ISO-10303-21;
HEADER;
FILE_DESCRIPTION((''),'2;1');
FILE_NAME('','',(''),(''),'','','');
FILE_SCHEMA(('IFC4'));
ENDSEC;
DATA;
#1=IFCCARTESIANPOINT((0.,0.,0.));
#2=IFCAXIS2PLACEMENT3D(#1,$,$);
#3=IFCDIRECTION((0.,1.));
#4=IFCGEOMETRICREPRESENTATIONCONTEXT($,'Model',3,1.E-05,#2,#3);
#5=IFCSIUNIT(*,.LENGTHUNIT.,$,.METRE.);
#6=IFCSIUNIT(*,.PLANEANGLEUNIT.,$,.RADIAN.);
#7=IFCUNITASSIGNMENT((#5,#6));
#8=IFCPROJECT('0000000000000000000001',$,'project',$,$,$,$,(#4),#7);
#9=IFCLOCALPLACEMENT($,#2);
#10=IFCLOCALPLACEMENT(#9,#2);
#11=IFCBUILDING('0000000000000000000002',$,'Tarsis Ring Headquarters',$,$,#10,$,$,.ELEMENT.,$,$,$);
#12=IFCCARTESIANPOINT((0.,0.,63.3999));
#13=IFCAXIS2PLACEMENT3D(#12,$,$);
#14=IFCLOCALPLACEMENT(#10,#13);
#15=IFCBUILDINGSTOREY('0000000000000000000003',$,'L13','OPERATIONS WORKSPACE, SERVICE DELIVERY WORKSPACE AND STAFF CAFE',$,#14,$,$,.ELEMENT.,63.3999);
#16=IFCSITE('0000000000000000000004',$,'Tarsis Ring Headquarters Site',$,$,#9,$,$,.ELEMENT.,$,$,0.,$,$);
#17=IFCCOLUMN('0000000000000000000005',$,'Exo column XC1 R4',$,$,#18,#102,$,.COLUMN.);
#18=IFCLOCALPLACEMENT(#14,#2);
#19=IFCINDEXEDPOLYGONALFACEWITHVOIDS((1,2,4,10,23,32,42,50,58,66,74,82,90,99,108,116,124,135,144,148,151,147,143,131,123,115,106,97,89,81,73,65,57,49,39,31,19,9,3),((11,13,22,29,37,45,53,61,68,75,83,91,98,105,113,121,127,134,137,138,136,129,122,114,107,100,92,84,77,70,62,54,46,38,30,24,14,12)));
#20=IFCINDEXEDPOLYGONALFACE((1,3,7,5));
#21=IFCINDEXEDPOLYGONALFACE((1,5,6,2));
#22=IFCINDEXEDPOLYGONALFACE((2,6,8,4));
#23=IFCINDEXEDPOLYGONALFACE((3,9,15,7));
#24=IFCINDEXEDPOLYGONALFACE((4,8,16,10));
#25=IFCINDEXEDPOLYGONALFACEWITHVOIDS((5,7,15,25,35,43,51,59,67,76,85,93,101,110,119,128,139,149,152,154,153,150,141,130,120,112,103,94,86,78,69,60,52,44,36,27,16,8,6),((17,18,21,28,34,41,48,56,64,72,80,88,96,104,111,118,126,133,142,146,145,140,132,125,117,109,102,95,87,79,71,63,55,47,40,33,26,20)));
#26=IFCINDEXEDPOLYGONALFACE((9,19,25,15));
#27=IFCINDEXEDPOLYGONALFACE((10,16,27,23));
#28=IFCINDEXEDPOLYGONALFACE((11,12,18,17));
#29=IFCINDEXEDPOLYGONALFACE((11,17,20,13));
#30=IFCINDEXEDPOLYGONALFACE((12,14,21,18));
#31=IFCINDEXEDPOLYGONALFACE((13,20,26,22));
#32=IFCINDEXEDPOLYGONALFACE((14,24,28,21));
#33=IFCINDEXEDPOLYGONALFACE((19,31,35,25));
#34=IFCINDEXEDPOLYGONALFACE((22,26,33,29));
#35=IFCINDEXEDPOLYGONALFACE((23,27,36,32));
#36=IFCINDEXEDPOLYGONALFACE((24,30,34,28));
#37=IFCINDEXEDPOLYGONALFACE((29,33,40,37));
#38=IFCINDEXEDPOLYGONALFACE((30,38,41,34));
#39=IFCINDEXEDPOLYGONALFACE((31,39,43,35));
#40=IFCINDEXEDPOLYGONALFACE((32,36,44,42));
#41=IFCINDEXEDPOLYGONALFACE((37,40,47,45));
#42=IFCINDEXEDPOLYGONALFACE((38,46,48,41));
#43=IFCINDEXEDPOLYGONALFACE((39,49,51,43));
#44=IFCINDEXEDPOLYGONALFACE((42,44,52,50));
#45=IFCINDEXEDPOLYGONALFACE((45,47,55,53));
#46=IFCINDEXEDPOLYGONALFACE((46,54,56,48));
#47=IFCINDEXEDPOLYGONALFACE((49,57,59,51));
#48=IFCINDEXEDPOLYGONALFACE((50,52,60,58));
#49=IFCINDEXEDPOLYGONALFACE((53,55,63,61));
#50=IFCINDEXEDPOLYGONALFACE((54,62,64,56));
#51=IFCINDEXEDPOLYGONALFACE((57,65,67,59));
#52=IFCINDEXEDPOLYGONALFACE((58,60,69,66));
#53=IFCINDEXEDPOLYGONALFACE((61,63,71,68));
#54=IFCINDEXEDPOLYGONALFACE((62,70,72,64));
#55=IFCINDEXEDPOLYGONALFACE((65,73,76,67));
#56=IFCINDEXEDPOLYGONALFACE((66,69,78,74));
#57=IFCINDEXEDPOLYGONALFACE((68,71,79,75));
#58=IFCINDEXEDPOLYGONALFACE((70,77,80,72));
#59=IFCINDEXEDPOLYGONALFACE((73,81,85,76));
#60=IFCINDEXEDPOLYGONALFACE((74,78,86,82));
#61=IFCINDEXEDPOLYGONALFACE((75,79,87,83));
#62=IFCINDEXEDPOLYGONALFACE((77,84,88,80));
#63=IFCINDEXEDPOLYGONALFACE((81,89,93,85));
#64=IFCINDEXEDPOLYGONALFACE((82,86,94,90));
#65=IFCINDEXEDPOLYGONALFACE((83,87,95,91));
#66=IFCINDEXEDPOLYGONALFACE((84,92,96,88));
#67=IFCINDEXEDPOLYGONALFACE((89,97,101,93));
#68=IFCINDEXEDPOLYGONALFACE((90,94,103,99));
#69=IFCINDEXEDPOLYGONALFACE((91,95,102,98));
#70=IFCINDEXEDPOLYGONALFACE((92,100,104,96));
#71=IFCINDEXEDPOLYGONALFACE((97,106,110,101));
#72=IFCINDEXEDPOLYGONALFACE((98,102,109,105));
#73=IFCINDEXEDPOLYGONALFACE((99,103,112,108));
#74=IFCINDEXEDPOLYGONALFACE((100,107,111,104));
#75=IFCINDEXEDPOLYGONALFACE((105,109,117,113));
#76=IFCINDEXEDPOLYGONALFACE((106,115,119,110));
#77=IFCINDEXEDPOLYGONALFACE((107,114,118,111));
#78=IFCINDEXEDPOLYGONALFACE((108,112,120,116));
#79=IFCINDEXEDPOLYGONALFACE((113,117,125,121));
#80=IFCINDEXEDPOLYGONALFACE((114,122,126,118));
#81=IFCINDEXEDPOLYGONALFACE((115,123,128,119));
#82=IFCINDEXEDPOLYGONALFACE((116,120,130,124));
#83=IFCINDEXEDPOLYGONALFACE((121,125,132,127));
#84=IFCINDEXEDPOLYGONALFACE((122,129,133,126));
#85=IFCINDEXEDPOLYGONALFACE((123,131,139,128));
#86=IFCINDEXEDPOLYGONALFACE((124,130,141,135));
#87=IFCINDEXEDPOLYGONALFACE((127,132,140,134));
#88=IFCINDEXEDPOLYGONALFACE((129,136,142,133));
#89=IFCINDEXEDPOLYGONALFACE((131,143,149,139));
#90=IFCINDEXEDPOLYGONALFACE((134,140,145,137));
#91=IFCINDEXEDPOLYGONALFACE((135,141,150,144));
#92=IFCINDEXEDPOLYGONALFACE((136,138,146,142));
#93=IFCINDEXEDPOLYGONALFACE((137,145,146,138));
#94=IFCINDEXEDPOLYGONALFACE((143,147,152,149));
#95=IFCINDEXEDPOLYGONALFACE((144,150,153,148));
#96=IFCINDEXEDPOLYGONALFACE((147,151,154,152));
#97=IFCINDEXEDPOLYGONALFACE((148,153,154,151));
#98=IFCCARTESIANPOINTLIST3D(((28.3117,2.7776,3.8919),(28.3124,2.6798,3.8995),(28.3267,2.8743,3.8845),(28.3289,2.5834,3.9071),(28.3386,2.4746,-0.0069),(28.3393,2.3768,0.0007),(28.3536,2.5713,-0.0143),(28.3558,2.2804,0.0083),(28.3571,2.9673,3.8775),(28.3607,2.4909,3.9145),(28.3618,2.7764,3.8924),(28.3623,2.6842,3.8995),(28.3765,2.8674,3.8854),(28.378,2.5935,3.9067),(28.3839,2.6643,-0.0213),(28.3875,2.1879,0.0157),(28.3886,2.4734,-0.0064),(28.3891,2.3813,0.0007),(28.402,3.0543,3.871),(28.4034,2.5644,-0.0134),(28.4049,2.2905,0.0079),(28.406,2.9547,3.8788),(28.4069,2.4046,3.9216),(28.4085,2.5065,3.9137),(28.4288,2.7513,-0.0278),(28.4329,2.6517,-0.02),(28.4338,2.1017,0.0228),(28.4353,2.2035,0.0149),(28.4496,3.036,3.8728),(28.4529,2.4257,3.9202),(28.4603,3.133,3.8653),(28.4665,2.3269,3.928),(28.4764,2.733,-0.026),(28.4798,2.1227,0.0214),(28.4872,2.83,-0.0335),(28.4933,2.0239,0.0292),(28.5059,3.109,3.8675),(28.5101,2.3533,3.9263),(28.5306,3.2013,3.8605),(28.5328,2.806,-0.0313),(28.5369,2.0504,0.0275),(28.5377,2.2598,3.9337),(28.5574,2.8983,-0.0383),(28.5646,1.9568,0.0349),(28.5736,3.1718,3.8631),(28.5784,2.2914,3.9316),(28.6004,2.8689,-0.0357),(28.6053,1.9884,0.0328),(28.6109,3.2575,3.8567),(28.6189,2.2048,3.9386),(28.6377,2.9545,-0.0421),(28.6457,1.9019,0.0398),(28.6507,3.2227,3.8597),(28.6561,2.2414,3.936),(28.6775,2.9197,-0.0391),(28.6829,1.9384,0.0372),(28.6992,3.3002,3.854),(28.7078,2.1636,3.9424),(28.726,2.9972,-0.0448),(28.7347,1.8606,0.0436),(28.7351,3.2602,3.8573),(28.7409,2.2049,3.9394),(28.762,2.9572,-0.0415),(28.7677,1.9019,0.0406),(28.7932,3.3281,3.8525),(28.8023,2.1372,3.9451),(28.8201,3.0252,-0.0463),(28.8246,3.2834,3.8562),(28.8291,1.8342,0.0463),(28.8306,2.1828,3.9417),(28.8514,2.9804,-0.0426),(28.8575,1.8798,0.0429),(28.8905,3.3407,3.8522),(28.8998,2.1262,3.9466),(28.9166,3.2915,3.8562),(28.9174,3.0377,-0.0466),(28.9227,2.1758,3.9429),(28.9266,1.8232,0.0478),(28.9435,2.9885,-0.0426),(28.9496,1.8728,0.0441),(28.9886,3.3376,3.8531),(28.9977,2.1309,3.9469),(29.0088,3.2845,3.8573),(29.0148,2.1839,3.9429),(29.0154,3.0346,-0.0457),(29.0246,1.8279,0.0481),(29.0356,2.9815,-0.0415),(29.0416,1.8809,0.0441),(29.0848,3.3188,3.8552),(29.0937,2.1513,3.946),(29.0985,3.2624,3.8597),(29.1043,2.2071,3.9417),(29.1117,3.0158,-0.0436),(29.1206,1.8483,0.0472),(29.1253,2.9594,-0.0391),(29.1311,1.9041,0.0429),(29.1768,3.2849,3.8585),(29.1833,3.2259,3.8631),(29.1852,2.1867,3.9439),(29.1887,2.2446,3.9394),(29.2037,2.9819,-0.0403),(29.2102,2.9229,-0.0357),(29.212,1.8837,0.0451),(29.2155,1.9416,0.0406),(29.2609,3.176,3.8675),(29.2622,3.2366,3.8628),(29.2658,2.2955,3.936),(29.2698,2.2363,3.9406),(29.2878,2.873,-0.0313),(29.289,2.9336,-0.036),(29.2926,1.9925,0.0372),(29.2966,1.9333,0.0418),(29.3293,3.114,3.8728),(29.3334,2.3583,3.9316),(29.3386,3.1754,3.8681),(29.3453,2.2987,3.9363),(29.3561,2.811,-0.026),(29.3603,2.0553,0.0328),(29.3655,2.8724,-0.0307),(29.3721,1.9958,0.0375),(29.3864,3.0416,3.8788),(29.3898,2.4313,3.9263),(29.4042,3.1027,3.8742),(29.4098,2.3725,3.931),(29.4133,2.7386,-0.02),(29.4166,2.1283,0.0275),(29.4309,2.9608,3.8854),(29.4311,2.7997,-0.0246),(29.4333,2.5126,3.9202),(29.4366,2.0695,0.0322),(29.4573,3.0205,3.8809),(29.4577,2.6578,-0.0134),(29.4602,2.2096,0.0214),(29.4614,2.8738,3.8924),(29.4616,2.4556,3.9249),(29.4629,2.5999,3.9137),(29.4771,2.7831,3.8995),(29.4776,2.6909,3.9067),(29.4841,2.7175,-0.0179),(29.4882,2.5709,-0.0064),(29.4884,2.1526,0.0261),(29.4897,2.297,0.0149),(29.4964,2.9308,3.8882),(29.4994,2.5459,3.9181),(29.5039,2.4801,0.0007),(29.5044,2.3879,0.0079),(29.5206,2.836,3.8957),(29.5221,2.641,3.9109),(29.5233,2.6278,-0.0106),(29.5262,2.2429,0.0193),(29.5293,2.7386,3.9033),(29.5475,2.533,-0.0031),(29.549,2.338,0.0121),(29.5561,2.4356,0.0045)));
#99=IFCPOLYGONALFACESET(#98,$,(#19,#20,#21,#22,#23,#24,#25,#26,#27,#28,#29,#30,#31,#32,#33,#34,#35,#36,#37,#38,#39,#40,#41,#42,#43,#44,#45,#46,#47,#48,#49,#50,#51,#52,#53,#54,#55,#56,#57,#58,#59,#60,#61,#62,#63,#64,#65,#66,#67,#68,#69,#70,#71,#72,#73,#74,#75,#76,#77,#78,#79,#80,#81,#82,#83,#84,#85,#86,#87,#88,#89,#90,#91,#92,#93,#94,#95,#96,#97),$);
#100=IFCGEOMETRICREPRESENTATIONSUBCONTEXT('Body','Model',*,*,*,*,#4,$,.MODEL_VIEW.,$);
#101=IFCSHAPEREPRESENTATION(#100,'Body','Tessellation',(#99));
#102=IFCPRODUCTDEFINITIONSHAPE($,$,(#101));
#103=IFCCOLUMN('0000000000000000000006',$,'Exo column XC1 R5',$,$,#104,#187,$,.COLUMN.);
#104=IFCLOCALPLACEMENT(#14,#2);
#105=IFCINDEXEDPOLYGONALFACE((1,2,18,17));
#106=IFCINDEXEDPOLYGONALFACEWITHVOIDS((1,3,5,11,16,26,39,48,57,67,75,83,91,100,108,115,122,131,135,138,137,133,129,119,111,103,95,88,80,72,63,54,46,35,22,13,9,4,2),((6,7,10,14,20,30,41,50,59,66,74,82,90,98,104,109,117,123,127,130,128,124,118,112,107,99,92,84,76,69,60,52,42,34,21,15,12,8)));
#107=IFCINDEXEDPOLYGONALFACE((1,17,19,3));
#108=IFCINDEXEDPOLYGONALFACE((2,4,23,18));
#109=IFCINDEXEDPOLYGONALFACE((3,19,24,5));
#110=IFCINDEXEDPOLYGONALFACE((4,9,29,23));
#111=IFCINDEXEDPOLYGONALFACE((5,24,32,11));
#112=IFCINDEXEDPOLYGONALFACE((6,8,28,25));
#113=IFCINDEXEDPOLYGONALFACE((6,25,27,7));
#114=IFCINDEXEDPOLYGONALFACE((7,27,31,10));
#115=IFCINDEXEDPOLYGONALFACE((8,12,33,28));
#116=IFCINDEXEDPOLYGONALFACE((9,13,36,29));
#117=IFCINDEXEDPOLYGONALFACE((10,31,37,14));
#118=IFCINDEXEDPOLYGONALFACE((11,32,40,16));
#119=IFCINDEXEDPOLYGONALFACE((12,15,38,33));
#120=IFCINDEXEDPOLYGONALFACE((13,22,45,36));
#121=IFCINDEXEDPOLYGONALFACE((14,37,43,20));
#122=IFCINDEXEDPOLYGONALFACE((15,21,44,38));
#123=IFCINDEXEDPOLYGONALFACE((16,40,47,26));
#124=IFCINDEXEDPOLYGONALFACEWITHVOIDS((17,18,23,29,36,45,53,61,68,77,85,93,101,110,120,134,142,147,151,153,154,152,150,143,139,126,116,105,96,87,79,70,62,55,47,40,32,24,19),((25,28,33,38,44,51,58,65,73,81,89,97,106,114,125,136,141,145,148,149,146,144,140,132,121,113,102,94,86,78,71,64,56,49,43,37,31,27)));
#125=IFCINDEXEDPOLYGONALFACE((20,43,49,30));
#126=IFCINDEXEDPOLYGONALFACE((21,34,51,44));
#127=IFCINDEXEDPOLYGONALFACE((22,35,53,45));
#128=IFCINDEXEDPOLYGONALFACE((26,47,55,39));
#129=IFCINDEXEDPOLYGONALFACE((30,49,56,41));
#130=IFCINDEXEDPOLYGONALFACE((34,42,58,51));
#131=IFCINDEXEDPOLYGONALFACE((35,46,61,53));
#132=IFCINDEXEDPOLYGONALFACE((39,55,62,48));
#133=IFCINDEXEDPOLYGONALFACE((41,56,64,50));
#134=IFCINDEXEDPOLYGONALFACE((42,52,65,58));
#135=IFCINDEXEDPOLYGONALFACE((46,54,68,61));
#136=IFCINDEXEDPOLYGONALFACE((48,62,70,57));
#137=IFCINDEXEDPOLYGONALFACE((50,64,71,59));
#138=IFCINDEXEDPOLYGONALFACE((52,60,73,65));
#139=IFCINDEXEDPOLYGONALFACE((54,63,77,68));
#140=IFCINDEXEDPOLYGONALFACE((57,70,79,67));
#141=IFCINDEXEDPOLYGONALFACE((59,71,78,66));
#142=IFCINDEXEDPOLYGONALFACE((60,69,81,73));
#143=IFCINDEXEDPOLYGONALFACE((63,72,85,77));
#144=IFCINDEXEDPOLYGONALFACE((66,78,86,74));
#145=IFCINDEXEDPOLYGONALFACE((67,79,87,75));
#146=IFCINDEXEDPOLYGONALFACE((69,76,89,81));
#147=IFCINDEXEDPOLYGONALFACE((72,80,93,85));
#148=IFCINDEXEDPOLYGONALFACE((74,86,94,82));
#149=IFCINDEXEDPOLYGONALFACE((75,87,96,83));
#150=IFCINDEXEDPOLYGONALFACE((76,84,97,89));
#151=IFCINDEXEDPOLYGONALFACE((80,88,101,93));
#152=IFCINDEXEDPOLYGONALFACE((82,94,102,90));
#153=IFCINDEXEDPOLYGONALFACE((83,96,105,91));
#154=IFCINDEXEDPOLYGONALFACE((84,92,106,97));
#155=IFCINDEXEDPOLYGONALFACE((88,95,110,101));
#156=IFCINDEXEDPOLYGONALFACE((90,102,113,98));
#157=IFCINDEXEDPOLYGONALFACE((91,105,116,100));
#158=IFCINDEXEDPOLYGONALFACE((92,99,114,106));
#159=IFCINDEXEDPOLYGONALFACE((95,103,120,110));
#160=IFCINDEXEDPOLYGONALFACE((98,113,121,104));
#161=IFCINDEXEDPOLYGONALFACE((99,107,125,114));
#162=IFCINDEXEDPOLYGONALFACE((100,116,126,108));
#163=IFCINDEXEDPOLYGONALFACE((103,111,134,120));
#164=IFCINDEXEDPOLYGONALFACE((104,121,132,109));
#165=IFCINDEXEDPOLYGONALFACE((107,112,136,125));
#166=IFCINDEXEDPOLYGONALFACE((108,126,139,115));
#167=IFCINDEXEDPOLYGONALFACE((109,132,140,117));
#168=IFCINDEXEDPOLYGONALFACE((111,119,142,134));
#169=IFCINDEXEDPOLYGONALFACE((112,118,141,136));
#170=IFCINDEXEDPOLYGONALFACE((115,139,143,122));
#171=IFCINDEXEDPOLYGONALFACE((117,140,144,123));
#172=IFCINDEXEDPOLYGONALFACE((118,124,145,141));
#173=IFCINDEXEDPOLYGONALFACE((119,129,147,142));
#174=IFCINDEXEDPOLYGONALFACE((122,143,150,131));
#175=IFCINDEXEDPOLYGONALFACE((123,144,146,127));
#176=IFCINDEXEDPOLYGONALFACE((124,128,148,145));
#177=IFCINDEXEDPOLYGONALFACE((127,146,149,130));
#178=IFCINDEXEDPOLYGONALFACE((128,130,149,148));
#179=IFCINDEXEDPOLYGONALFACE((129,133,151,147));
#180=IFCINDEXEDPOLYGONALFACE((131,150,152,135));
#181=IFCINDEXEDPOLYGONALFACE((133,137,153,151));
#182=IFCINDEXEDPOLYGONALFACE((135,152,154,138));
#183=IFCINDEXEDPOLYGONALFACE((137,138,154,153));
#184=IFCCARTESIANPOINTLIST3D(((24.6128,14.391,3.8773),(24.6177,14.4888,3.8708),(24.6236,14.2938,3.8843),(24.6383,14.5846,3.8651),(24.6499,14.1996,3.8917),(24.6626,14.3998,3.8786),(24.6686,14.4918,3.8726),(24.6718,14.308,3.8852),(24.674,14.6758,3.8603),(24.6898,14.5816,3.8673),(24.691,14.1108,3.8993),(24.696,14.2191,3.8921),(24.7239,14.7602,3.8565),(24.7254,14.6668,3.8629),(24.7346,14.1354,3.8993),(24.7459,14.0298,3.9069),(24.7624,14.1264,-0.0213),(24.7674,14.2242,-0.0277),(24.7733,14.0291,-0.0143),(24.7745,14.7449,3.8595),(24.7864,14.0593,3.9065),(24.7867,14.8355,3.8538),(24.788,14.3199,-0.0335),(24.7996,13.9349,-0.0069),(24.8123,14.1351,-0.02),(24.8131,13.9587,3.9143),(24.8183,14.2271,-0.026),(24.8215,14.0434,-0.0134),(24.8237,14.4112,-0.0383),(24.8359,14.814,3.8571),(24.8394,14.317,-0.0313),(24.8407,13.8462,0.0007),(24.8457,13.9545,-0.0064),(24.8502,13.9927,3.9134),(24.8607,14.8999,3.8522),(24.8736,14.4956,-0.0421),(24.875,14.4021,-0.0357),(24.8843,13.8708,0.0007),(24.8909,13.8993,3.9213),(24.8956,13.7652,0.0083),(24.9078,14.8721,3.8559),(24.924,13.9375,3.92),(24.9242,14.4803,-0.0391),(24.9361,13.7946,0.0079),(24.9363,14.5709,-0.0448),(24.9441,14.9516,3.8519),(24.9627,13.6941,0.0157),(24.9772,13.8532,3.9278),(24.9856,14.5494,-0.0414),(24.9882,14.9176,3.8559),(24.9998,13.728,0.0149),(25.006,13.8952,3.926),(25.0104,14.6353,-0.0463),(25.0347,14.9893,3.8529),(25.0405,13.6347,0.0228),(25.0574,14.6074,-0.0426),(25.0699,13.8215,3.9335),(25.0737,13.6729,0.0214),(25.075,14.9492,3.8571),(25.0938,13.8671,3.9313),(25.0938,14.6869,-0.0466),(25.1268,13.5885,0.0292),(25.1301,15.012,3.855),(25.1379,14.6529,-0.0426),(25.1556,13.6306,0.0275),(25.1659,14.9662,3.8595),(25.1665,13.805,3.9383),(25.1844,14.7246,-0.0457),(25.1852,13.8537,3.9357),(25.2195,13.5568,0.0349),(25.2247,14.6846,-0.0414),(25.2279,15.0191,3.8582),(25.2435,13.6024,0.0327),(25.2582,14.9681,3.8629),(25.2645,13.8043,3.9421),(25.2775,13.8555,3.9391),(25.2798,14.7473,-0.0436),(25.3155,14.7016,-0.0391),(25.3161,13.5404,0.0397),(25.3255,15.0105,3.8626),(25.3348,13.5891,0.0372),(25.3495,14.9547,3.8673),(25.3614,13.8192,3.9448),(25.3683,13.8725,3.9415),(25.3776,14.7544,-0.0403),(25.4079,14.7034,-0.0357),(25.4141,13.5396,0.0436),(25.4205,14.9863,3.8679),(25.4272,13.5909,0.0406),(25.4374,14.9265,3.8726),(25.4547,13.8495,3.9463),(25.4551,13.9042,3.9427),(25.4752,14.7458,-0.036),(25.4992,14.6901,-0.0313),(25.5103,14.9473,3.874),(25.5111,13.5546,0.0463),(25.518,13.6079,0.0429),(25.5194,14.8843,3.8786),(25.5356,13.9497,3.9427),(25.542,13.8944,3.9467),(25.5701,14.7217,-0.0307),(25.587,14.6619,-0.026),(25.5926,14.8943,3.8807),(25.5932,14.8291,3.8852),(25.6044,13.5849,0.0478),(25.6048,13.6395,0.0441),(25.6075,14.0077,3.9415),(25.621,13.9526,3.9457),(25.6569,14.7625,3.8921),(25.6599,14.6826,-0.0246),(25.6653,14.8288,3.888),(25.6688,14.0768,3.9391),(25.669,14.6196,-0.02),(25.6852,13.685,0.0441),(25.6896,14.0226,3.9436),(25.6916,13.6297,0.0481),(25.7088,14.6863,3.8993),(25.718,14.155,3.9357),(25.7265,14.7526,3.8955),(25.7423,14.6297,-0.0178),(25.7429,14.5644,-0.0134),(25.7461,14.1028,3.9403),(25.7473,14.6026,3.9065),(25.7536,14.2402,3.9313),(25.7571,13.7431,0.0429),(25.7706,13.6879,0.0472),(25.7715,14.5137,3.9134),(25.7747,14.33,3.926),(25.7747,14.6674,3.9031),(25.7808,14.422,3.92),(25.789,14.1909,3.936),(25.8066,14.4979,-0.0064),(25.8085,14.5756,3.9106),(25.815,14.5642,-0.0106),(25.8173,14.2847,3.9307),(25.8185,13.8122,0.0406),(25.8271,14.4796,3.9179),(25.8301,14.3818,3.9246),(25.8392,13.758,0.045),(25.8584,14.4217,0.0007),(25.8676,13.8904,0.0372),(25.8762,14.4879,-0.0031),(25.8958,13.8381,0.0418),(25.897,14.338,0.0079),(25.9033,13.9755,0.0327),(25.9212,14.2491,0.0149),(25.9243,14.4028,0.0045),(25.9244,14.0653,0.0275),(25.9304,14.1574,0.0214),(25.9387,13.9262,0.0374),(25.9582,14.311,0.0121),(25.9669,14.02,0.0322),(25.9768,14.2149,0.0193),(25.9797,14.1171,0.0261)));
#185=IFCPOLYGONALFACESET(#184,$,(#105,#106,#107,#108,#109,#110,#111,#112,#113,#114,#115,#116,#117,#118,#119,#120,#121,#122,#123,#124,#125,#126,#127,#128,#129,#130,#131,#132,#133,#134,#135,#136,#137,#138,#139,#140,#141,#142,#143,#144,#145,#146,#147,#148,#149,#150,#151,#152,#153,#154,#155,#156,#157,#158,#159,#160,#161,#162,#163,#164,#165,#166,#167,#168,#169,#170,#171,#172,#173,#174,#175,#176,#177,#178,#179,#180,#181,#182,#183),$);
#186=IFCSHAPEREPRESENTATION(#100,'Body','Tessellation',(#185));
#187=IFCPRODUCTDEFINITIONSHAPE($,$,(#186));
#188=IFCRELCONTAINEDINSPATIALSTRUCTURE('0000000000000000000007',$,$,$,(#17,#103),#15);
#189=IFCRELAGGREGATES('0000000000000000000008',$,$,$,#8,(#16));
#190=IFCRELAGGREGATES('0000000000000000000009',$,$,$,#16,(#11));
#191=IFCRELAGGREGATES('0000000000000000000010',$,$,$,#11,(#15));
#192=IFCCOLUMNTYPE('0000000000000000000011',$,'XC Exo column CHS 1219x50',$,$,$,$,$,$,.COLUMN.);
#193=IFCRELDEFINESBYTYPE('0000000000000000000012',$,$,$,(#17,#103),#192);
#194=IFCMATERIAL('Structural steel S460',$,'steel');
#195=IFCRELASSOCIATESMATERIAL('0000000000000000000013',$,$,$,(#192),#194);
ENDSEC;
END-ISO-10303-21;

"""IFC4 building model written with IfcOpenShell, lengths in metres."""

from ifc_helpers import new_model, si_unit, direction, frame, origin, origin_2d, place, context, subcontext, project, spatial, hollow_circle, extrude, material, material_profile, profile_set, type_object, element, save


model = new_model("IFC4")

# Units and contexts
model_context = context("Model", 3, precision=1e-05, world=origin(), true_north=direction((0.0, 1.0)))
body_context = subcontext(model_context, "Body", "Model", "MODEL_VIEW")
ifc_project = project(units=[si_unit("LENGTHUNIT", "METRE"), si_unit("PLANEANGLEUNIT", "RADIAN")], contexts=[model_context])

# Site, building, storey
site_placement = place(None, origin())
site = spatial("IfcSite", under=ifc_project, at=site_placement, Name="Tarsis Ring Headquarters Site", CompositionType="ELEMENT", RefElevation=0.0)
building_placement = place(site_placement, origin())
building = spatial("IfcBuilding", under=site, at=building_placement, Name="Tarsis Ring Headquarters", CompositionType="ELEMENT")
storey_placement = place(building_placement, frame((0.0, 0.0, 63.3999)))
storey = spatial("IfcBuildingStorey", under=building, at=storey_placement, Name="L13", Description="OPERATIONS WORKSPACE, SERVICE DELIVERY WORKSPACE AND STAFF CAFE", CompositionType="ELEMENT", Elevation=63.3999)

# Columns
ifc_material_1 = material(Name="Structural steel S460", Category="steel")
ifc_material_profile_1 = material_profile(ifc_material_1, hollow_circle(Radius=0.6096, WallThickness=0.05, at=origin_2d()), Name="CHS 1219x50")
ifc_profile_set_1 = profile_set([ifc_material_profile_1], Name="Structural steel S460")
column_type = type_object("IfcColumnType", Name="XC Exo column CHS 1219x50", PredefinedType="COLUMN", material=ifc_profile_set_1)
column_1_placement = place(storey_placement, frame((28.9465, 2.4307, 0.0007), z_axis=(-0.006867, 0.077478, 0.99697), x_axis=(-0.996095, -0.088292, 0.0)))
element("IfcColumn", 1, at=column_1_placement, inside=storey, type_object=column_type, Name="Exo column XC1 R4", PredefinedType="COLUMN", context=body_context, shape_type="SweptSolid", body=[
    extrude(hollow_circle(Radius=0.6096, WallThickness=0.05, at=origin_2d()), origin(), (0.0, 0.0, 1.0), 3.9106),
])
column_2_placement = place(storey_placement, frame((25.3713, 14.1462, 0.0007), z_axis=(-0.038271, 0.067676, 0.996973), x_axis=(-0.870458, -0.492242, 0.0)))
element("IfcColumn", 2, at=column_2_placement, inside=storey, type_object=column_type, Name="Exo column XC1 R5", PredefinedType="COLUMN", context=body_context, shape_type="SweptSolid", body=[
    extrude(hollow_circle(Radius=0.6096, WallThickness=0.05, at=origin_2d()), origin(), (0.0, 0.0, 1.0), 3.9104),
])

save(model, "model.ifc")
